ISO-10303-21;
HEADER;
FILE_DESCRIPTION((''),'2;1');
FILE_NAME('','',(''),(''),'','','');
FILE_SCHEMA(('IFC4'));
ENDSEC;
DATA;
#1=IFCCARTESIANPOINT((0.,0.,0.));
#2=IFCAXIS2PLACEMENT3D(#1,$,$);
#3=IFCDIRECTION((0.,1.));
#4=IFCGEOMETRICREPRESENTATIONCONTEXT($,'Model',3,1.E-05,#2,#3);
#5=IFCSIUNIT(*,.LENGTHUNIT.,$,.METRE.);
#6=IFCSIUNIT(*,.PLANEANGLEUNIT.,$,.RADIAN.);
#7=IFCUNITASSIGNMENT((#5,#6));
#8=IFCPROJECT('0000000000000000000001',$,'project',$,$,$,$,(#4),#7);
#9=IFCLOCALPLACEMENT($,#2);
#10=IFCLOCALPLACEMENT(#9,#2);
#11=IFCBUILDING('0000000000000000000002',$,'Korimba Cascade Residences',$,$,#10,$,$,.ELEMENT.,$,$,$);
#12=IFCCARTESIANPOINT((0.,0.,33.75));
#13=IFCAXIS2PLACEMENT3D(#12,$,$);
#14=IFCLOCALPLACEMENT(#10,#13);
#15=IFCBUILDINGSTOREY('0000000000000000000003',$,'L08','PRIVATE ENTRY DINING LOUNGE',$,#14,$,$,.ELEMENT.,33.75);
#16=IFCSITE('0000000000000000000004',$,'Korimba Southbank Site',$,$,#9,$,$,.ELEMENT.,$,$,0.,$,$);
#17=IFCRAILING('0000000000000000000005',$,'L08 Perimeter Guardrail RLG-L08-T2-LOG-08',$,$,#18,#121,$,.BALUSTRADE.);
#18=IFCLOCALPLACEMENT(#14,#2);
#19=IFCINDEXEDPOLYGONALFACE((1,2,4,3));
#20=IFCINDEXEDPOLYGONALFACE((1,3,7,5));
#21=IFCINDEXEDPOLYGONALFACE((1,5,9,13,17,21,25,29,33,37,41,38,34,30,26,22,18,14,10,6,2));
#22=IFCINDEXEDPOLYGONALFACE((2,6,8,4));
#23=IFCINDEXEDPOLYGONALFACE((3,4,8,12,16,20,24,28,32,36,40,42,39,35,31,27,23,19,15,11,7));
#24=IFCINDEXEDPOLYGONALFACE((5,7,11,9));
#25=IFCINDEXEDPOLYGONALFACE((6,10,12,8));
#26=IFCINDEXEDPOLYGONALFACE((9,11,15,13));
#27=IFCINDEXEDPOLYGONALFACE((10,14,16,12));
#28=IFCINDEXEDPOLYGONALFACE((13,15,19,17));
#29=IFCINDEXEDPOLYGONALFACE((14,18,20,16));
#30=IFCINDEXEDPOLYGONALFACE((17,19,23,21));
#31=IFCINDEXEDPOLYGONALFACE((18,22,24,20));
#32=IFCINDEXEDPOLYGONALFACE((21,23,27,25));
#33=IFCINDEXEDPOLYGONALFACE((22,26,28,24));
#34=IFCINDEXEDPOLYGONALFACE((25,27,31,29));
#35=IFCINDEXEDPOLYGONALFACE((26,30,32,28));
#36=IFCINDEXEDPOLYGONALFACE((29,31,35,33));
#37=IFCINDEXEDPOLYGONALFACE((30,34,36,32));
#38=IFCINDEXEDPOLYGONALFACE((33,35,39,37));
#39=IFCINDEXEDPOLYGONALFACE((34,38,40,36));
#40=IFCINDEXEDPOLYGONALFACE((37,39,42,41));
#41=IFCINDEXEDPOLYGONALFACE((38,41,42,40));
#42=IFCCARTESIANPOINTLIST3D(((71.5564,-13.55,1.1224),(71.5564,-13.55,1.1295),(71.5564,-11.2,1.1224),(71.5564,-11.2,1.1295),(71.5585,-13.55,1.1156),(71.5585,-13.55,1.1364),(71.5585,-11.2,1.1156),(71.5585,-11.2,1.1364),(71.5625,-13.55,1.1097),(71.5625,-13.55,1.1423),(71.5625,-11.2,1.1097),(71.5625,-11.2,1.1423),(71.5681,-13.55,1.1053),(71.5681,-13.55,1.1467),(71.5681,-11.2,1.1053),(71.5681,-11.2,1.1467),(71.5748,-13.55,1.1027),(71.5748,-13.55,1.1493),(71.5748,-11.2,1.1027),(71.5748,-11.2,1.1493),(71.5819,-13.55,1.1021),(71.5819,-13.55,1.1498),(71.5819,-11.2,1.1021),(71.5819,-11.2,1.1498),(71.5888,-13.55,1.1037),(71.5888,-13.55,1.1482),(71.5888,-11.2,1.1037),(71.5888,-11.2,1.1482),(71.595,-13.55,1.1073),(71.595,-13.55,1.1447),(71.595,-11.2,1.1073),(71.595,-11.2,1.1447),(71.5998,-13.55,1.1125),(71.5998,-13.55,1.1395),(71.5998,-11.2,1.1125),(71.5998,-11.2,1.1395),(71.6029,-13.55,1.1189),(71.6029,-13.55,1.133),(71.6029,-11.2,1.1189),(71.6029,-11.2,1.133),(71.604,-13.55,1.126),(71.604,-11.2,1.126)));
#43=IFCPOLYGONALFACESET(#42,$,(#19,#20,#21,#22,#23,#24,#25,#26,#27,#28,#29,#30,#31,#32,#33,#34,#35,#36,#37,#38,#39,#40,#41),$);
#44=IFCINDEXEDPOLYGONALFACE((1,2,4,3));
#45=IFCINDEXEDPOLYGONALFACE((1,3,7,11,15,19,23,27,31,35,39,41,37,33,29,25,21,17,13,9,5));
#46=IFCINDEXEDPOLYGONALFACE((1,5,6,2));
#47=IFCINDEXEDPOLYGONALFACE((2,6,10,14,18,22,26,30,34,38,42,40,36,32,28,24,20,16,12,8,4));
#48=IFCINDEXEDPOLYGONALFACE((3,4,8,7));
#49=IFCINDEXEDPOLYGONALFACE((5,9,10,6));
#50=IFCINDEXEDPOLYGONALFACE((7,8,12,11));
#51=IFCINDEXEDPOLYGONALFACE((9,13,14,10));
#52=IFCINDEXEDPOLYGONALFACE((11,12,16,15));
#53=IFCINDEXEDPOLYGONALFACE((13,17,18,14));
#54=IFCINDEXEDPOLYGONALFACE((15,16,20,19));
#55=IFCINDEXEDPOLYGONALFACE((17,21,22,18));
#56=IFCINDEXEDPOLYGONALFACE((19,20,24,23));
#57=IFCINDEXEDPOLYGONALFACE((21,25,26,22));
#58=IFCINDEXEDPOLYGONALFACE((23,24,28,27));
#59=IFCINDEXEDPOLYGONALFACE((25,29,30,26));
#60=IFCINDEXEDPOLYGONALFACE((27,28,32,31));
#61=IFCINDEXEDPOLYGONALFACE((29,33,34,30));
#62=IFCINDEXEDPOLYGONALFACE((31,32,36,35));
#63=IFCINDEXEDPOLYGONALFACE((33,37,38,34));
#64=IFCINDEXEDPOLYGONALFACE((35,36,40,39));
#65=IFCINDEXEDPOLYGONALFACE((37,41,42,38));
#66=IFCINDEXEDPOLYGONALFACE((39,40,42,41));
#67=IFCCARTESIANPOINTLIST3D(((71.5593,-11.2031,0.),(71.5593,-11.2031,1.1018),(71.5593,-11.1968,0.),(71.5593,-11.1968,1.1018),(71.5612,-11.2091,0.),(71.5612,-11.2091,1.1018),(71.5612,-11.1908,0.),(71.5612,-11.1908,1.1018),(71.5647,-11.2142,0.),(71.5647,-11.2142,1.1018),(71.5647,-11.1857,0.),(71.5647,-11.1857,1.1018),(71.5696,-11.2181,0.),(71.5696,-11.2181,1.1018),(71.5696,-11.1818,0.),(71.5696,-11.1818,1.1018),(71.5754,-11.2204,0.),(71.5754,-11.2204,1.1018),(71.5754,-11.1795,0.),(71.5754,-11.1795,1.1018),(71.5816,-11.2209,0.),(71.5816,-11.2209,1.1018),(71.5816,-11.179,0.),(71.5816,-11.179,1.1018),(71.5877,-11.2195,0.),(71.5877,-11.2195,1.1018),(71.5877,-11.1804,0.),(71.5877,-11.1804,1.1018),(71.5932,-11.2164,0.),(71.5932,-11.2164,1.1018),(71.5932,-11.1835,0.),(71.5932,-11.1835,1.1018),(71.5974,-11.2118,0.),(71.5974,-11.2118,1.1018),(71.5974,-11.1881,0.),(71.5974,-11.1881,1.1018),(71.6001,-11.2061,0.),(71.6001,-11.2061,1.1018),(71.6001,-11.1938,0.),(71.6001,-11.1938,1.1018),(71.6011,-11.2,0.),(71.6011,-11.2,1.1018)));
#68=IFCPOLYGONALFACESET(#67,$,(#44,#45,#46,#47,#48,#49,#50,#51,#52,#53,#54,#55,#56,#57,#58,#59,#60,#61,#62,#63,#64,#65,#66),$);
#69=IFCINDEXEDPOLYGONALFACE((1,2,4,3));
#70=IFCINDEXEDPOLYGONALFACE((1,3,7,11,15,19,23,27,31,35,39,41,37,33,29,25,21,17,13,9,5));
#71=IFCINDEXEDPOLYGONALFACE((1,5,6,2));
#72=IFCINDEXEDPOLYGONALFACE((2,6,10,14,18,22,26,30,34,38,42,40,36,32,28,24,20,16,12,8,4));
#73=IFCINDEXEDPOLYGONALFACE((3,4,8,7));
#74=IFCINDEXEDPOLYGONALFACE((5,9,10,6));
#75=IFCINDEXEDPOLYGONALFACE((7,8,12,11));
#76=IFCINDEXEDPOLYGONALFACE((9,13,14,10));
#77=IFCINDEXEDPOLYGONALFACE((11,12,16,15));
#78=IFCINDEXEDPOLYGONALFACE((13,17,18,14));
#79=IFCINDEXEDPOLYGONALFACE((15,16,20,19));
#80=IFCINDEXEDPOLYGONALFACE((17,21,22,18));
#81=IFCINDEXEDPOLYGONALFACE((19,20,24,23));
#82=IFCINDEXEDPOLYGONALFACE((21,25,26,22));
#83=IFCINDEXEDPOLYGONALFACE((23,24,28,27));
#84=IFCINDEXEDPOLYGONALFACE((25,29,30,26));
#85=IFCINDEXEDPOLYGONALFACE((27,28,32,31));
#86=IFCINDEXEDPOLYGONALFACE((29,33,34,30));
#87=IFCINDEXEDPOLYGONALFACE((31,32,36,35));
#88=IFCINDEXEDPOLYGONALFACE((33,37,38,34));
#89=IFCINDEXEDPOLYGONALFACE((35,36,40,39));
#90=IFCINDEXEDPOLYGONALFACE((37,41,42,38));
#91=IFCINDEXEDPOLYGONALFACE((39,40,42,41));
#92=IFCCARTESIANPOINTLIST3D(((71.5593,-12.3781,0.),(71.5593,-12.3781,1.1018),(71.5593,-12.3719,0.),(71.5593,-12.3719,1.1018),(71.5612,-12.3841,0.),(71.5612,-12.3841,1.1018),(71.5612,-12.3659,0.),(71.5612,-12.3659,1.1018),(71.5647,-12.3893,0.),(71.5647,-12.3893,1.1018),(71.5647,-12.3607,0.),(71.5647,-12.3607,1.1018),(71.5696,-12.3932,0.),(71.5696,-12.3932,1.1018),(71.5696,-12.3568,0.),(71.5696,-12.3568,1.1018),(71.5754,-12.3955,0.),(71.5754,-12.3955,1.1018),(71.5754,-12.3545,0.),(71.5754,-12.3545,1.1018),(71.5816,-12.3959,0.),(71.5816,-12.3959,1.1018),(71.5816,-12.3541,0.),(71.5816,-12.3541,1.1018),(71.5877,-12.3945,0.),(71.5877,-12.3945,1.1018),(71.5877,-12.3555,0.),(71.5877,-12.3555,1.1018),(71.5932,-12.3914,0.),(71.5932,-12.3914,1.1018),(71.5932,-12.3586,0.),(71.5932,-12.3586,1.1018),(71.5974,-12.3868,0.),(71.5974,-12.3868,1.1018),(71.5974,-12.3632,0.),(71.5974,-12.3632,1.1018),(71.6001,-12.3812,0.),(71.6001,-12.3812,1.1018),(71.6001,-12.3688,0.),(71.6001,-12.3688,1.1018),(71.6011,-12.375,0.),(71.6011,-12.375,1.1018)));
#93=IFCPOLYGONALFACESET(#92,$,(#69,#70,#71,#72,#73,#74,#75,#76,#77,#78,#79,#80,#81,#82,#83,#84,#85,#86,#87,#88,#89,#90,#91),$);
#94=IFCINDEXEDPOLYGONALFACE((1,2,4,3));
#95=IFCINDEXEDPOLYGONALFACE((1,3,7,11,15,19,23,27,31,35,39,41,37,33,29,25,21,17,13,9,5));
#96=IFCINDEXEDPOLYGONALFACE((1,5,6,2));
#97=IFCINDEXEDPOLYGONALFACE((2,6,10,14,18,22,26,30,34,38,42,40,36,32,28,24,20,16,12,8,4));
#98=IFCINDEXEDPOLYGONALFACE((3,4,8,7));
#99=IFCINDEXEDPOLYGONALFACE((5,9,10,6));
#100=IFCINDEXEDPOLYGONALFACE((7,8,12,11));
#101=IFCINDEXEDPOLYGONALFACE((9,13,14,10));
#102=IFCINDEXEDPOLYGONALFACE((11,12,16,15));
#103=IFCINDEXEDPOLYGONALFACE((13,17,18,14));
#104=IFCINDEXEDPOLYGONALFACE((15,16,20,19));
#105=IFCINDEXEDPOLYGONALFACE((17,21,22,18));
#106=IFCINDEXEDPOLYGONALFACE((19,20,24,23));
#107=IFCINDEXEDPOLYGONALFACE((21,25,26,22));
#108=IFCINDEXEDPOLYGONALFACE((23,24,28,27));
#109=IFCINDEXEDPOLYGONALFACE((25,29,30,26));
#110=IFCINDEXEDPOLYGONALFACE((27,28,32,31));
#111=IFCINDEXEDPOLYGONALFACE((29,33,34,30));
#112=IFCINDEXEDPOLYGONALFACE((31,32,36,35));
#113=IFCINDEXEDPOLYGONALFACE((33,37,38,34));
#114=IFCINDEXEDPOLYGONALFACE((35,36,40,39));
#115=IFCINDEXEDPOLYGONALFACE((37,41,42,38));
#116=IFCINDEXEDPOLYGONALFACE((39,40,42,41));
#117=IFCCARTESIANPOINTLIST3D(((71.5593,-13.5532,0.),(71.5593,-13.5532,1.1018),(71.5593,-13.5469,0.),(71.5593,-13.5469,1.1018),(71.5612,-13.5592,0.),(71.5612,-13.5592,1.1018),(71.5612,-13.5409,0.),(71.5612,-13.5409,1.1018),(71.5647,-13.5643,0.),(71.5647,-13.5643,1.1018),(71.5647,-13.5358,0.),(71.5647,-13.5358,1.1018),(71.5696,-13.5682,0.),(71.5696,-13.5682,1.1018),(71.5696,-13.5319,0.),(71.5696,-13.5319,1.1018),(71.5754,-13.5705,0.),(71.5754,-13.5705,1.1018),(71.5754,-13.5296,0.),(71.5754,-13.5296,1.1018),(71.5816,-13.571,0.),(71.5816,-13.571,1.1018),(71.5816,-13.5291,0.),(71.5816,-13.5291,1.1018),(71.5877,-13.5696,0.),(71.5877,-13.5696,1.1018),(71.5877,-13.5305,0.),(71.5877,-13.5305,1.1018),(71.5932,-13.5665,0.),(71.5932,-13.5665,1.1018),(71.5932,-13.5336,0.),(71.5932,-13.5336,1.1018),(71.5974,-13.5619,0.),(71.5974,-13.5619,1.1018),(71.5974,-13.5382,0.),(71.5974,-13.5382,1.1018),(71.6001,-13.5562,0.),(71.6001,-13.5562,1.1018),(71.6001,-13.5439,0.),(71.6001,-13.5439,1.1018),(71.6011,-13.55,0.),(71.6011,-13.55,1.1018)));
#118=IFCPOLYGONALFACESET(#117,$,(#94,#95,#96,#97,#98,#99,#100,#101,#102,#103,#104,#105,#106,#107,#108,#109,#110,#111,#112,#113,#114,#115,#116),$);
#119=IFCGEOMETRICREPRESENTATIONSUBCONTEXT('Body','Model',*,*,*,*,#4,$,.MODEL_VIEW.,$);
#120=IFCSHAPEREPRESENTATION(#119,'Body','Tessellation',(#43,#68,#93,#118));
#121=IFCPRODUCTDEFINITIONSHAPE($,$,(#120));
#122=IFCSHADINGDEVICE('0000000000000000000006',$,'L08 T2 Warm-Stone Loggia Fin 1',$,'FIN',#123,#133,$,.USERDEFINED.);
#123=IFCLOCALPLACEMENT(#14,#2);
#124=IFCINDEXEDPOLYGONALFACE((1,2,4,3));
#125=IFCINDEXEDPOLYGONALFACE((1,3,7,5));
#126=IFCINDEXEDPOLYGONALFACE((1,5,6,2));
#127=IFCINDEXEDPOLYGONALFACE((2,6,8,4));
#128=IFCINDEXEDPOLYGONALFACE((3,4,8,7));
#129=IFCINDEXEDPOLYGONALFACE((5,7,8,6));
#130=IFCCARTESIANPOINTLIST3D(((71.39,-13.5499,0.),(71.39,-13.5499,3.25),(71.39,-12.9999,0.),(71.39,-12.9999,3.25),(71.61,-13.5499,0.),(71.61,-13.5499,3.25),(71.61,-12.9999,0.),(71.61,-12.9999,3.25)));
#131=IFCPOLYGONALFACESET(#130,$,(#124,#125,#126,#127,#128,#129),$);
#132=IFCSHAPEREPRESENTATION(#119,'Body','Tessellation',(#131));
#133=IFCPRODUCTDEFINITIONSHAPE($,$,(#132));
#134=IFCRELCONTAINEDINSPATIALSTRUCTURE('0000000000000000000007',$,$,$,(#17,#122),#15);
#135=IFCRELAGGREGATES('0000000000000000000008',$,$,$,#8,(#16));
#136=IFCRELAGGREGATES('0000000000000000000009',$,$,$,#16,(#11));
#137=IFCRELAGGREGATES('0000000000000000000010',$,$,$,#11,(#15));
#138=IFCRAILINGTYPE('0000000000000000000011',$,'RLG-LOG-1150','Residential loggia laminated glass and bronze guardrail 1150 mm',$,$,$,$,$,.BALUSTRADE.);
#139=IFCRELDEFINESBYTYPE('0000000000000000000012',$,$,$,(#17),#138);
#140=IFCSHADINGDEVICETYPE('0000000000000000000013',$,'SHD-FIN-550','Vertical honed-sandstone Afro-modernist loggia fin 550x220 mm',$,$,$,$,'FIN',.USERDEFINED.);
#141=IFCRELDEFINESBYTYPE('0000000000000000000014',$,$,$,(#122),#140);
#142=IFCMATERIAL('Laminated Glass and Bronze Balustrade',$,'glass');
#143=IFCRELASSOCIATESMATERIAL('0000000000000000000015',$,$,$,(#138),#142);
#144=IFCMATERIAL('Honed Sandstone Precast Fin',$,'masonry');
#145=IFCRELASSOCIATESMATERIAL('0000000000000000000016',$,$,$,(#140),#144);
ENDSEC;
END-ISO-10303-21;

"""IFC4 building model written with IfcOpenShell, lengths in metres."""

from ifc_helpers import new_model, si_unit, direction, frame, origin, origin_2d, place, context, subcontext, project, spatial, rectangle, circle, extrude, material, type_object, element, save


model = new_model("IFC4")

# Units and contexts
model_context = context("Model", 3, precision=1e-05, world=origin(), true_north=direction((0.0, 1.0)))
body_context = subcontext(model_context, "Body", "Model", "MODEL_VIEW")
ifc_project = project(units=[si_unit("LENGTHUNIT", "METRE"), si_unit("PLANEANGLEUNIT", "RADIAN")], contexts=[model_context])

# Site, building, storey
site_placement = place(None, origin())
site = spatial("IfcSite", under=ifc_project, at=site_placement, Name="Korimba Southbank Site", CompositionType="ELEMENT", RefElevation=0.0)
building_placement = place(site_placement, origin())
building = spatial("IfcBuilding", under=site, at=building_placement, Name="Korimba Cascade Residences", CompositionType="ELEMENT")
storey_placement = place(building_placement, frame((0.0, 0.0, 33.75)))
storey = spatial("IfcBuildingStorey", under=building, at=storey_placement, Name="L08", Description="PRIVATE ENTRY DINING LOUNGE", CompositionType="ELEMENT", Elevation=33.75)

# Railing
ifc_material_1 = material(Name="Laminated Glass and Bronze Balustrade", Category="glass")
railing_type = type_object("IfcRailingType", Name="RLG-LOG-1150", Description="Residential loggia laminated glass and bronze guardrail 1150 mm", PredefinedType="BALUSTRADE", material=ifc_material_1)
railing_1_placement = place(storey_placement, frame((71.5801, -11.2, 0.0)))
element("IfcRailing", 1, at=railing_1_placement, inside=storey, type_object=railing_type, Name="L08 Perimeter Guardrail RLG-L08-T2-LOG-08", PredefinedType="BALUSTRADE", context=body_context, shape_type="SweptSolid", body=[
    extrude(circle(Radius=0.0239, at=origin_2d()), frame((0.0, 0.0, 1.126), z_axis=(0.0, -1.0, 0.0), x_axis=(1.0, 0.0, 0.0)), (0.0, 0.0, 1.0), 2.3501),
    extrude(circle(Radius=0.021, at=origin_2d()), origin(), (0.0, 0.0, 1.0), 1.1018),
    extrude(circle(Radius=0.021, at=origin_2d()), frame((0.0, -1.175, 0.0)), (0.0, 0.0, 1.0), 1.1018),
    extrude(circle(Radius=0.021, at=origin_2d()), frame((0.0, -2.3501, 0.0)), (0.0, 0.0, 1.0), 1.1018),
])

# Shading device
ifc_material_2 = material(Name="Honed Sandstone Precast Fin", Category="masonry")
shading_device_type = type_object("IfcShadingDeviceType", Name="SHD-FIN-550", Description="Vertical honed-sandstone Afro-modernist loggia fin 550x220 mm", ElementType="FIN", PredefinedType="USERDEFINED", material=ifc_material_2)
shading_device_placement = place(storey_placement, frame((71.5, -13.2749, 0.0), z_axis=(0.0, 0.0, 1.0), x_axis=(1.0, 0.0, 0.0)))
element("IfcShadingDevice", 2, at=shading_device_placement, inside=storey, type_object=shading_device_type, Name="L08 T2 Warm-Stone Loggia Fin 1", ObjectType="FIN", PredefinedType="USERDEFINED", context=body_context, shape_type="SweptSolid", body=[
    extrude(rectangle(XDim=0.22, YDim=0.55, at=origin_2d()), origin(), (0.0, 0.0, 1.0), 3.25),
])

save(model, "model.ifc")
